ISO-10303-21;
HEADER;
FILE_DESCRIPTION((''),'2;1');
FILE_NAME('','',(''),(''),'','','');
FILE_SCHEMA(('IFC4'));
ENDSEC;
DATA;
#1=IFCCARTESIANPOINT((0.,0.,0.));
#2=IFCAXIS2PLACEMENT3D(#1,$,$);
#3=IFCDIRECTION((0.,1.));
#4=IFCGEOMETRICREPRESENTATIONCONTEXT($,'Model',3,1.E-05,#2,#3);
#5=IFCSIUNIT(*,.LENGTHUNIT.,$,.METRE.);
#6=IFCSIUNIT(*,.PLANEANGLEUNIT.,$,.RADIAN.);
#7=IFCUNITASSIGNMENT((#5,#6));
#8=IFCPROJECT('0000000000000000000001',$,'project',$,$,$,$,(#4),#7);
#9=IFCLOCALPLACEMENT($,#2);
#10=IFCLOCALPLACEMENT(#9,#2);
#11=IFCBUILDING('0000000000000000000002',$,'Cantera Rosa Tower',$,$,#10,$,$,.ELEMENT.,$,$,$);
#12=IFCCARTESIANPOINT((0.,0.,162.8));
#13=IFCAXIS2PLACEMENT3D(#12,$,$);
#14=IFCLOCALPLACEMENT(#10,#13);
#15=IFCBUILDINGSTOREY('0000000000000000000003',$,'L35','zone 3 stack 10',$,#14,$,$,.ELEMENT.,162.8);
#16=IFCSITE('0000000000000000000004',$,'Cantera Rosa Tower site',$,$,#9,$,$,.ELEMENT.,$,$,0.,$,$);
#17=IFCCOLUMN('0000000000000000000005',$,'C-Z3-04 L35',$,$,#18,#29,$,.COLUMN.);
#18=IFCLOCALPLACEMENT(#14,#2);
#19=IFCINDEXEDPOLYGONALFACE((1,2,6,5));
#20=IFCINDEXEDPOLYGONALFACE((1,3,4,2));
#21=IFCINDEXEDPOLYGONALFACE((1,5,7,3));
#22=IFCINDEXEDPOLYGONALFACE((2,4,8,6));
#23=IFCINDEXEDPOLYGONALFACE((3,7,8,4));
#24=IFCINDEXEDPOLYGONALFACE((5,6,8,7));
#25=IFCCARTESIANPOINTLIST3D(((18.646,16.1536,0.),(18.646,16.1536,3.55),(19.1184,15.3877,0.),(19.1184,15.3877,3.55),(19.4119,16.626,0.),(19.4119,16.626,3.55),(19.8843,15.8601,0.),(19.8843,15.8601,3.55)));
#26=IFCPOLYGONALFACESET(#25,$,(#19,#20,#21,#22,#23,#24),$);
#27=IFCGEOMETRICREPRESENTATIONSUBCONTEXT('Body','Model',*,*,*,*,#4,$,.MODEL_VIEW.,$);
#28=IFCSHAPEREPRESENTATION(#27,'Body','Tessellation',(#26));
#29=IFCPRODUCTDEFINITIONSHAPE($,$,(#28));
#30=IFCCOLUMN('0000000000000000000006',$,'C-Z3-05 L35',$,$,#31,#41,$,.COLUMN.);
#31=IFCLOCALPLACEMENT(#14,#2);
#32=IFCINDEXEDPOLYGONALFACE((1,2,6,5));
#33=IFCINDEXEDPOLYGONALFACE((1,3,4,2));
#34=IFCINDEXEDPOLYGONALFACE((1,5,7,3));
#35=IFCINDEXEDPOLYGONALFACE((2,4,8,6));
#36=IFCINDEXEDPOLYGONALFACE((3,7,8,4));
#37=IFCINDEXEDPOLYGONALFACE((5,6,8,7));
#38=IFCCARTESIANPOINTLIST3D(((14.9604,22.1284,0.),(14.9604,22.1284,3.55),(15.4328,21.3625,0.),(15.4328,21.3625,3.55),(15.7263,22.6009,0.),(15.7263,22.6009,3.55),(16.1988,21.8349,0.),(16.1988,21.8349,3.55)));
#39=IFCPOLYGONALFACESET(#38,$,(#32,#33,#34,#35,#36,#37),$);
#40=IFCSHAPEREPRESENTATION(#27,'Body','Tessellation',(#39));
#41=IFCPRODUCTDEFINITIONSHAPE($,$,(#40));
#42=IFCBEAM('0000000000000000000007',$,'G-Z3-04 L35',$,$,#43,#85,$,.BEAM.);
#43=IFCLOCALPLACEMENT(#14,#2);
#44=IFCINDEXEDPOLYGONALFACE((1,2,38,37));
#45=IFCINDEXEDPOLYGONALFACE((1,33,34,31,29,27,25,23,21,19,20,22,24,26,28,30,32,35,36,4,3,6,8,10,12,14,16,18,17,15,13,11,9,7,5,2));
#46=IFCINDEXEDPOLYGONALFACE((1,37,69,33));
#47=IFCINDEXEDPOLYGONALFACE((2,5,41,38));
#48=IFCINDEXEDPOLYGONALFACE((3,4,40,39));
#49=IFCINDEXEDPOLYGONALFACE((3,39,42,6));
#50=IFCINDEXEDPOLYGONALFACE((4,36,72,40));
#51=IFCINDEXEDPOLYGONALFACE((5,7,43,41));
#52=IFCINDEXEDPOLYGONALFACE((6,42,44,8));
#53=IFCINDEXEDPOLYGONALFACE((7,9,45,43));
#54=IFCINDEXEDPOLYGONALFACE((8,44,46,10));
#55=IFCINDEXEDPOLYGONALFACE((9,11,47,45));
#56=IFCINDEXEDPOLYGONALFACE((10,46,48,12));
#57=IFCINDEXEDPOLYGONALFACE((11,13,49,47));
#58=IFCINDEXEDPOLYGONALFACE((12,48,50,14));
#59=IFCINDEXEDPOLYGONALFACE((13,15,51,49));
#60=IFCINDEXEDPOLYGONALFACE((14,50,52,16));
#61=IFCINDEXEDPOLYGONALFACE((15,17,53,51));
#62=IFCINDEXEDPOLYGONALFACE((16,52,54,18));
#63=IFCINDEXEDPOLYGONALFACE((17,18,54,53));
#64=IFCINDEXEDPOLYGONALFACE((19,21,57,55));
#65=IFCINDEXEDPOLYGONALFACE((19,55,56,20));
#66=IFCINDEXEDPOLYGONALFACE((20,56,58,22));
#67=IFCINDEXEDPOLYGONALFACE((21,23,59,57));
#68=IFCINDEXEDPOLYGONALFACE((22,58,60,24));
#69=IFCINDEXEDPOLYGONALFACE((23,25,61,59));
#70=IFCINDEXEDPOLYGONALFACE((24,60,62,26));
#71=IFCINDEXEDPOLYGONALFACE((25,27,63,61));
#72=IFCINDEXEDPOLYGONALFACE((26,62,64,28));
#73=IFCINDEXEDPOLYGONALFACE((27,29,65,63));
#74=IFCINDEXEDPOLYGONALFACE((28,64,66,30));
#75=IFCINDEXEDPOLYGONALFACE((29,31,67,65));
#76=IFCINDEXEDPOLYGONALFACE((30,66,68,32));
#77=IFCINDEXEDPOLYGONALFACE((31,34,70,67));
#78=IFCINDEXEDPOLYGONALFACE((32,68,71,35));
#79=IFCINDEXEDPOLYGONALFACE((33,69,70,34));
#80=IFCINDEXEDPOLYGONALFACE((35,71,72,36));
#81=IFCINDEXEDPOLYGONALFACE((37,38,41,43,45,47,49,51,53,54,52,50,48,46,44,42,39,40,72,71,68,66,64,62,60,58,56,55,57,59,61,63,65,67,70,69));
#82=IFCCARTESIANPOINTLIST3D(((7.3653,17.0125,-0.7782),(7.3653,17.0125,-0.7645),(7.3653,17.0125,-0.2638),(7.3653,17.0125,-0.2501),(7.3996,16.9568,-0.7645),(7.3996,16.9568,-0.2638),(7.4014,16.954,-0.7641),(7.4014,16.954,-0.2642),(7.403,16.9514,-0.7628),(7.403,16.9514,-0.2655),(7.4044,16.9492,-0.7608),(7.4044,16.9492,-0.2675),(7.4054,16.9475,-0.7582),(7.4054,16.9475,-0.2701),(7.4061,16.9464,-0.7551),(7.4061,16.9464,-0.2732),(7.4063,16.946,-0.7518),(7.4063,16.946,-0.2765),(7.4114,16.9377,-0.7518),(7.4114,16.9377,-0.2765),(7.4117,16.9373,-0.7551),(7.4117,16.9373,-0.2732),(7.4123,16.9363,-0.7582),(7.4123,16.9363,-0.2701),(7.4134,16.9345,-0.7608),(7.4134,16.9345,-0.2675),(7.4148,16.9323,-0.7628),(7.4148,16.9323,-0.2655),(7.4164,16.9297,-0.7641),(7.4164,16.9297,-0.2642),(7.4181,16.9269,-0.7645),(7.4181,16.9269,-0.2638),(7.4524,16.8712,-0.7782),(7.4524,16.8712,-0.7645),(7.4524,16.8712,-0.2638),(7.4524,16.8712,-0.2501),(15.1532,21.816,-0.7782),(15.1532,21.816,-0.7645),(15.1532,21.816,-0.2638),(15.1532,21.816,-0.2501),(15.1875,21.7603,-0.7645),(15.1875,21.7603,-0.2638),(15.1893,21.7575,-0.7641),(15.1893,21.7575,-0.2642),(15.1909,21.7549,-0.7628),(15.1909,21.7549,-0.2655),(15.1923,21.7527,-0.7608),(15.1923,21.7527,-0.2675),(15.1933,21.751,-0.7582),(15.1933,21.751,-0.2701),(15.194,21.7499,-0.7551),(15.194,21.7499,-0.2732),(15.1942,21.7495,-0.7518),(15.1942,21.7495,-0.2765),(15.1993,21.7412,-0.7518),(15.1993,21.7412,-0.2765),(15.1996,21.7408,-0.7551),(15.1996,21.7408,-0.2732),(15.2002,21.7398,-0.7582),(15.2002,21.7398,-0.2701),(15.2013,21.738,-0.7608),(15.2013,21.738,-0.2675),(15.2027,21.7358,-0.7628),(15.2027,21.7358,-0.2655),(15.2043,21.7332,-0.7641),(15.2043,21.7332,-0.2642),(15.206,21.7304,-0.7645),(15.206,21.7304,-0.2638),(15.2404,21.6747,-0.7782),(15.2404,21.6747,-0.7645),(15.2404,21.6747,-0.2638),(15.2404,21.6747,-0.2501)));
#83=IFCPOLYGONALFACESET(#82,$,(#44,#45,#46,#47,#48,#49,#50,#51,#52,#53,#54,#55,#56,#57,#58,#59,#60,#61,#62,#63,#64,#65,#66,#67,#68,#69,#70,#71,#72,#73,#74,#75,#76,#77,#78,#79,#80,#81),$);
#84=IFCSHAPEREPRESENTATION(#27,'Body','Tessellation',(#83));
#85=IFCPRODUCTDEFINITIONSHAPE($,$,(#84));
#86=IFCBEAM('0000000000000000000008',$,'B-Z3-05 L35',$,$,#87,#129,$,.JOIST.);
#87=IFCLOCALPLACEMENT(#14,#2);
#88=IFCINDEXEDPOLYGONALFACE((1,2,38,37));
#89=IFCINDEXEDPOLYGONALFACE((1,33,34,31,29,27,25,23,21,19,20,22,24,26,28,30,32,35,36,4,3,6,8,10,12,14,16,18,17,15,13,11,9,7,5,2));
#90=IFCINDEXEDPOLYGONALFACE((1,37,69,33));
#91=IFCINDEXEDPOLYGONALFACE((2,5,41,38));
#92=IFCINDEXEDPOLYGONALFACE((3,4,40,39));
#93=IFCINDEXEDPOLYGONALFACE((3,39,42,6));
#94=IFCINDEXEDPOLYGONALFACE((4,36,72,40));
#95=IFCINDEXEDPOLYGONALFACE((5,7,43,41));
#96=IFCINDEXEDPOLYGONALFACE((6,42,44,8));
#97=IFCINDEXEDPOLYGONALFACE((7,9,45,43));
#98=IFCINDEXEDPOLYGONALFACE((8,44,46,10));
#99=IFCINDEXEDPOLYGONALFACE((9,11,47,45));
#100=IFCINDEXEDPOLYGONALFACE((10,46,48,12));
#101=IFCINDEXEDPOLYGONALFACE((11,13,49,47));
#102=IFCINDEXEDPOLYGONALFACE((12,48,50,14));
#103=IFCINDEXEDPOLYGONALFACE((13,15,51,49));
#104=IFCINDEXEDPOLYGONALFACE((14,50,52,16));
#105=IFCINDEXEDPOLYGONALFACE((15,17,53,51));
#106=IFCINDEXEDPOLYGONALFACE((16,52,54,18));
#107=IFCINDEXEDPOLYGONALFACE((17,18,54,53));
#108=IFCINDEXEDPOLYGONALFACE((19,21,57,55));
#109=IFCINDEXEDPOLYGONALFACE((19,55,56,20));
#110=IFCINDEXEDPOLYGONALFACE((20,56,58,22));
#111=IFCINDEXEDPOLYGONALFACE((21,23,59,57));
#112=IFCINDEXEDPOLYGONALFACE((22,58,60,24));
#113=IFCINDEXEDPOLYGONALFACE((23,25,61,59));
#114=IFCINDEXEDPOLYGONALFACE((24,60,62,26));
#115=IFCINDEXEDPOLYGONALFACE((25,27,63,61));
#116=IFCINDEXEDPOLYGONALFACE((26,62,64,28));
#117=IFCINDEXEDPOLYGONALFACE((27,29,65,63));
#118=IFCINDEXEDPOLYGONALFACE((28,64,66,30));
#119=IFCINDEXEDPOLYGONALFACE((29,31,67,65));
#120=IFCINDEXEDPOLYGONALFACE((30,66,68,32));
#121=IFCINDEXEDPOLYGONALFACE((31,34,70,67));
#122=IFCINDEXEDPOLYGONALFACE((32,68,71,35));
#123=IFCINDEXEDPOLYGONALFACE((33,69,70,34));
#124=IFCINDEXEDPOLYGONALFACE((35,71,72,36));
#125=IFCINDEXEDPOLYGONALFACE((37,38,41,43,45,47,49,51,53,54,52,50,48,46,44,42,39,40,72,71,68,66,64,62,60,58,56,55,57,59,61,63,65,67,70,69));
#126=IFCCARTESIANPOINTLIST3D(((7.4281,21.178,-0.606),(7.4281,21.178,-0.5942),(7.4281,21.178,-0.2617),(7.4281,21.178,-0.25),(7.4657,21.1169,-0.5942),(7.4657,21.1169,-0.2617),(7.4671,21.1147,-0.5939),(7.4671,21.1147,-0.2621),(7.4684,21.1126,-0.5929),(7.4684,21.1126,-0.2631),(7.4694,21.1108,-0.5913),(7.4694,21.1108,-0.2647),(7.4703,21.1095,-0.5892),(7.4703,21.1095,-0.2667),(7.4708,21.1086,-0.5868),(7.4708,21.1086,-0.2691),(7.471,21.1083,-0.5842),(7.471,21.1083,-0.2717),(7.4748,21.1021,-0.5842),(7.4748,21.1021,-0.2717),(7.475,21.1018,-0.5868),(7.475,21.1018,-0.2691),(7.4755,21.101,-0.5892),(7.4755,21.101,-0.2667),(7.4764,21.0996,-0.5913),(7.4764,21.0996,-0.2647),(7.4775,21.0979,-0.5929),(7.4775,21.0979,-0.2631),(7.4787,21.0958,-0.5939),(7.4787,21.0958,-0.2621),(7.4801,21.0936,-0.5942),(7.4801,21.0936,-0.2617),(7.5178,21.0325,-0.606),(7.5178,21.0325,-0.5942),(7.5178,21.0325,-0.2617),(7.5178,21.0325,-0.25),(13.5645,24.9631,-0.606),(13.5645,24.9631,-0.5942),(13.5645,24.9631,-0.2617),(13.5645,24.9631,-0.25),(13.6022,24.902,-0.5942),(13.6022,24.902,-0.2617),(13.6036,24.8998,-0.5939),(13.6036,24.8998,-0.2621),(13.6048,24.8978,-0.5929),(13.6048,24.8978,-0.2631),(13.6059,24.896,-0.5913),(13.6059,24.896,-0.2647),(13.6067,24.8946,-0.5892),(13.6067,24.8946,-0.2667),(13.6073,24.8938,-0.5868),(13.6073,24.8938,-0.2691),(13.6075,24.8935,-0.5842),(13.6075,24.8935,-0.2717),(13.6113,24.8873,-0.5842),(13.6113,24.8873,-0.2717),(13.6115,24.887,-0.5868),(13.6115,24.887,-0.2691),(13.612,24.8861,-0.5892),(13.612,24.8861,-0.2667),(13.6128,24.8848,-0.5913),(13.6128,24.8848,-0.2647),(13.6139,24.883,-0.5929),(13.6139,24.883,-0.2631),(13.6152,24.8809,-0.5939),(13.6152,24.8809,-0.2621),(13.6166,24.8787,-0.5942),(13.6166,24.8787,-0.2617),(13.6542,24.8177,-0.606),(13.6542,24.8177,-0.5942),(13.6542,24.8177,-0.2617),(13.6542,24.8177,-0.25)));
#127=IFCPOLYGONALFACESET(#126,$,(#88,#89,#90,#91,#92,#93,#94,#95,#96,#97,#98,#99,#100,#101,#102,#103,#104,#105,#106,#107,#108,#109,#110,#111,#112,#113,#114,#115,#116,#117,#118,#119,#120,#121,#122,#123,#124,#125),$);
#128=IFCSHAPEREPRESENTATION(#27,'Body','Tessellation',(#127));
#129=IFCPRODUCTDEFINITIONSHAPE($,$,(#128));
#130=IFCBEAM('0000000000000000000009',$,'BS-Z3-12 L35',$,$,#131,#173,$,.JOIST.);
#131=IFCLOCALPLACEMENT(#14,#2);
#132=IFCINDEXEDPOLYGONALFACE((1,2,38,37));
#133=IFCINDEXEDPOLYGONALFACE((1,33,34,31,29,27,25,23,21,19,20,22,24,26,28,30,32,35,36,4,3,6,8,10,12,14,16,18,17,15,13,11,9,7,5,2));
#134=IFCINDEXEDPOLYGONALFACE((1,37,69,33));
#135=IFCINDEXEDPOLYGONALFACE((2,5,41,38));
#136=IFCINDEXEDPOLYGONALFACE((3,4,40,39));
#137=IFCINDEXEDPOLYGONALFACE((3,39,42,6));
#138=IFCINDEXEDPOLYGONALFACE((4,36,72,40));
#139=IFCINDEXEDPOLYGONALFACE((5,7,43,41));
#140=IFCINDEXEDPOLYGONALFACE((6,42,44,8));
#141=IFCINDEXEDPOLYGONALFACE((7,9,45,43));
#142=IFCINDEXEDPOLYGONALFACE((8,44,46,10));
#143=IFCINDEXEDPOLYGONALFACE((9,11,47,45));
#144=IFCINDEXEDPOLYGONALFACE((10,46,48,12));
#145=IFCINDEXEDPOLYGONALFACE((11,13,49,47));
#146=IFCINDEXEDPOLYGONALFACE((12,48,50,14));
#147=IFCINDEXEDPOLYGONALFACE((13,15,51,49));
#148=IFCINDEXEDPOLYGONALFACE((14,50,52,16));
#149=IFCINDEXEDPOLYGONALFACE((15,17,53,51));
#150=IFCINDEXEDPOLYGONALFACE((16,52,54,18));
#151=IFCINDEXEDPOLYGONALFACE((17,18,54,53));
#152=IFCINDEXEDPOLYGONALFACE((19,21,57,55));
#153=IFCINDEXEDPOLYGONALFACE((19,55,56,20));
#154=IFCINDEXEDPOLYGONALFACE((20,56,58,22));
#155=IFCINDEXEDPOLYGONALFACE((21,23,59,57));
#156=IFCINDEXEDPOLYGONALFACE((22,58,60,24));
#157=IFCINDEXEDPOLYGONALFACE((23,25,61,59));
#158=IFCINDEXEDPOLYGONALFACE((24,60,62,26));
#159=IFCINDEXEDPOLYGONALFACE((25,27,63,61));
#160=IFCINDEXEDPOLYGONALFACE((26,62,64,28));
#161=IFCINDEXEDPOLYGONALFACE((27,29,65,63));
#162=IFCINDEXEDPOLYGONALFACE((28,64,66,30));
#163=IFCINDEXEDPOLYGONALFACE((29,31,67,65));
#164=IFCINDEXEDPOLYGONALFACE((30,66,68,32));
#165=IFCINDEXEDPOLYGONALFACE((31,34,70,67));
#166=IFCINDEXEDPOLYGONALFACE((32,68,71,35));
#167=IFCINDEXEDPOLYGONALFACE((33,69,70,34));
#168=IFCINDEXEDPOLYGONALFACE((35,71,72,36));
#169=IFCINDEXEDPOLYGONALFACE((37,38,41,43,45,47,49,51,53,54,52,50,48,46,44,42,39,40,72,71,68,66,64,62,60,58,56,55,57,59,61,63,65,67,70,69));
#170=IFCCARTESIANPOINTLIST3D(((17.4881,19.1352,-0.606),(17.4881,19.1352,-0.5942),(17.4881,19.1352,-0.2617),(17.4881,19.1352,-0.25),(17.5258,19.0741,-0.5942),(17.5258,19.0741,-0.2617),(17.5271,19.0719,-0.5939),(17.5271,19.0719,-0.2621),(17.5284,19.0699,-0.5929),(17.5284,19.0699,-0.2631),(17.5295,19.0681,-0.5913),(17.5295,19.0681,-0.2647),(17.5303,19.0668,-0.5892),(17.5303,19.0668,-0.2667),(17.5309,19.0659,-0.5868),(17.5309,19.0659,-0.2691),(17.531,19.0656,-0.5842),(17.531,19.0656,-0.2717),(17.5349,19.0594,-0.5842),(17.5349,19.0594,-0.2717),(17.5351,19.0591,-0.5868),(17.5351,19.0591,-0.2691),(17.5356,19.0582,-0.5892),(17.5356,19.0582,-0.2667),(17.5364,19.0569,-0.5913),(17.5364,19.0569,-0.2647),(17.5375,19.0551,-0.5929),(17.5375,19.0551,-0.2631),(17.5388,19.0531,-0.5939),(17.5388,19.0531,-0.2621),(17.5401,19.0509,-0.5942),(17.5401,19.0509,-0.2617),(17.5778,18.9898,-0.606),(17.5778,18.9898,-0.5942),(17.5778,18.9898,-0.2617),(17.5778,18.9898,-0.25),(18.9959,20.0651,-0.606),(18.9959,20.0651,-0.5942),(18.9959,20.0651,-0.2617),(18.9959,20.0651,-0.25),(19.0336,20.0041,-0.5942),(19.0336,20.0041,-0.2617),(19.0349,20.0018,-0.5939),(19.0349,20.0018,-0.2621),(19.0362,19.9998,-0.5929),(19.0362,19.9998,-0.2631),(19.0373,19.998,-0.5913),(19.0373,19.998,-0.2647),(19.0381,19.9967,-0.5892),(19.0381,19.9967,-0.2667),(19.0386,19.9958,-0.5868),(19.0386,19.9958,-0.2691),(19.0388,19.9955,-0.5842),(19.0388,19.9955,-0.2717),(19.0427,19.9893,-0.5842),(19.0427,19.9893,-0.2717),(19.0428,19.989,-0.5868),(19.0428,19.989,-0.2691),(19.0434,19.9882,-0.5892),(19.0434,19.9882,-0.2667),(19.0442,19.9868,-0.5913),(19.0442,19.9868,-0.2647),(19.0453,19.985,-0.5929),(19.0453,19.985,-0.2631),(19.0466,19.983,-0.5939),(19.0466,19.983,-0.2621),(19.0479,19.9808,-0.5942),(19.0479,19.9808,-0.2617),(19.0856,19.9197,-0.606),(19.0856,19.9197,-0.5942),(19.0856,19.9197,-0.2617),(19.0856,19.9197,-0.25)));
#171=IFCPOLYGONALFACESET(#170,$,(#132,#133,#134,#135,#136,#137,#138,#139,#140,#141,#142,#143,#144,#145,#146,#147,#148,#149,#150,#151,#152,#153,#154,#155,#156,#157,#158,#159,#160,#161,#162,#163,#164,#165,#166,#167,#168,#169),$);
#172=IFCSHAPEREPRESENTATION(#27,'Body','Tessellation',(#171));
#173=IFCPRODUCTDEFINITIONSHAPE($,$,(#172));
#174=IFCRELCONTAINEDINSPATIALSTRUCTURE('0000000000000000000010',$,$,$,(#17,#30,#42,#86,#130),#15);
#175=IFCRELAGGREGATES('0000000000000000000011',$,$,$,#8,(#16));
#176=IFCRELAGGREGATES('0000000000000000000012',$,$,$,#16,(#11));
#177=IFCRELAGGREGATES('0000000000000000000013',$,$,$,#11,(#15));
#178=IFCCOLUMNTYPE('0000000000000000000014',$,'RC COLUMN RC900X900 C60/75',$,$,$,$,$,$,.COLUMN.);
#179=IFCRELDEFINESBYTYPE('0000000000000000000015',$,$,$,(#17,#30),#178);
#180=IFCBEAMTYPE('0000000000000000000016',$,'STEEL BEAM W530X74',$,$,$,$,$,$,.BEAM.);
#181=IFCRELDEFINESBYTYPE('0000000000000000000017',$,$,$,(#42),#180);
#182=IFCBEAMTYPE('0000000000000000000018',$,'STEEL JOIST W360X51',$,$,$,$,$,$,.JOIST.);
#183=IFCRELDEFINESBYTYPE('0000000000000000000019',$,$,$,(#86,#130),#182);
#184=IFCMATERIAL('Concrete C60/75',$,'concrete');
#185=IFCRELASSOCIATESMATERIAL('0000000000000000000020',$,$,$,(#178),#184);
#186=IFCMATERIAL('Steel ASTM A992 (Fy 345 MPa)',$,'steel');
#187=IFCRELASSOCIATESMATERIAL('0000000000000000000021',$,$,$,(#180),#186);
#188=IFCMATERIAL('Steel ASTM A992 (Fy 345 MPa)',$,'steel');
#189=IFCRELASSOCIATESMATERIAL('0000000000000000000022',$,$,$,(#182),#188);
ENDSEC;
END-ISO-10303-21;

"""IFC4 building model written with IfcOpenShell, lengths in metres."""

from ifc_helpers import new_model, si_unit, direction, frame, origin, origin_2d, place, context, subcontext, project, spatial, rectangle, i_section, extrude, material, material_profile, profile_set, type_object, element, save


model = new_model("IFC4")

# Units and contexts
model_context = context("Model", 3, precision=1e-05, world=origin(), true_north=direction((0.0, 1.0)))
body_context = subcontext(model_context, "Body", "Model", "MODEL_VIEW")
ifc_project = project(units=[si_unit("LENGTHUNIT", "METRE"), si_unit("PLANEANGLEUNIT", "RADIAN")], contexts=[model_context])

# Site, building, storey
site_placement = place(None, origin())
site = spatial("IfcSite", under=ifc_project, at=site_placement, Name="Cantera Rosa Tower site", CompositionType="ELEMENT", RefElevation=0.0)
building_placement = place(site_placement, origin())
building = spatial("IfcBuilding", under=site, at=building_placement, Name="Cantera Rosa Tower", CompositionType="ELEMENT")
storey_placement = place(building_placement, frame((0.0, 0.0, 162.8)))
storey = spatial("IfcBuildingStorey", under=building, at=storey_placement, Name="L35", Description="zone 3 stack 10", CompositionType="ELEMENT", Elevation=162.8)

# Columns
ifc_material_1 = material(Name="Concrete C60/75", Category="concrete")
ifc_material_profile_1 = material_profile(ifc_material_1, rectangle(XDim=0.8999, YDim=0.8999, at=origin_2d()), Name="RC COLUMN RC900X900 C60/75")
ifc_profile_set_1 = profile_set([ifc_material_profile_1], Name="Concrete C60/75")
column_type = type_object("IfcColumnType", Name="RC COLUMN RC900X900 C60/75", PredefinedType="COLUMN", material=ifc_profile_set_1)
for number, where, z_axis, x_axis, name in (
    (1, (19.2651, 16.0068, 0.0), (0.0, 0.0, 1.0), (0.851117, 0.524977, 0.0), "C-Z3-04 L35"),
    (2, (15.5796, 21.9817, 0.0), (0.0, 0.0, 1.0), (0.851117, 0.524977, 0.0), "C-Z3-05 L35"),
):
    element("IfcColumn", number, at=place(storey_placement, frame(where, z_axis=z_axis, x_axis=x_axis)), inside=storey, type_object=column_type, Name=name, PredefinedType="COLUMN", context=body_context, shape_type="SweptSolid", body=[
        extrude(rectangle(XDim=0.8999, YDim=0.8999, at=origin_2d()), origin(), (0.0, 0.0, 1.0), 3.55),
    ])

# Beams
ifc_material_2 = material(Name="Steel ASTM A992 (Fy 345 MPa)", Category="steel")
ifc_material_profile_2 = material_profile(ifc_material_2, i_section(OverallWidth=0.166, OverallDepth=0.5281, WebThickness=0.0098, FlangeThickness=0.0137, FilletRadius=0.0127, at=origin_2d()), Name="W530X74")
ifc_profile_set_2 = profile_set([ifc_material_profile_2], Name="Steel ASTM A992 (Fy 345 MPa)")
beam_type_1 = type_object("IfcBeamType", Name="STEEL BEAM W530X74", PredefinedType="BEAM", material=ifc_profile_set_2)
beam_1_placement = place(storey_placement, frame((15.1968, 21.7454, -0.5142), z_axis=(-0.851124, -0.524965, 0.0), x_axis=(0.524965, -0.851124, 0.0)))
element("IfcBeam", 3, at=beam_1_placement, inside=storey, type_object=beam_type_1, Name="G-Z3-04 L35", PredefinedType="BEAM", context=body_context, shape_type="SweptSolid", body=[
    extrude(i_section(OverallWidth=0.166, OverallDepth=0.5281, WebThickness=0.0098, FlangeThickness=0.0137, FilletRadius=0.0127, at=origin_2d()), origin(), (0.0, 0.0, 1.0), 9.1501),
])
ifc_material_3 = material(Name="Steel ASTM A992 (Fy 345 MPa)", Category="steel")
ifc_material_profile_3 = material_profile(ifc_material_3, i_section(OverallWidth=0.1709, OverallDepth=0.356, WebThickness=0.0073, FlangeThickness=0.0117, FilletRadius=0.01, at=origin_2d()), Name="W360X51")
ifc_profile_set_3 = profile_set([ifc_material_profile_3], Name="Steel ASTM A992 (Fy 345 MPa)")
beam_type_2 = type_object("IfcBeamType", Name="STEEL JOIST W360X51", PredefinedType="JOIST", material=ifc_profile_set_3)
beam_2_placement = place(storey_placement, frame((13.6094, 24.8904, -0.428), z_axis=(-0.851109, -0.524989, 0.0), x_axis=(0.524989, -0.851109, 0.0)))
element("IfcBeam", 4, at=beam_2_placement, inside=storey, type_object=beam_type_2, Name="B-Z3-05 L35", PredefinedType="JOIST", context=body_context, shape_type="SweptSolid", body=[
    extrude(i_section(OverallWidth=0.1709, OverallDepth=0.356, WebThickness=0.0073, FlangeThickness=0.0117, FilletRadius=0.01, at=origin_2d()), origin(), (0.0, 0.0, 1.0), 7.21),
])
beam_3_placement = place(storey_placement, frame((17.533, 19.0625, -0.428), z_axis=(0.851142, 0.524935, 0.0), x_axis=(-0.524935, 0.851142, 0.0)))
element("IfcBeam", 5, at=beam_3_placement, inside=storey, type_object=beam_type_2, Name="BS-Z3-12 L35", PredefinedType="JOIST", context=body_context, shape_type="SweptSolid", body=[
    extrude(i_section(OverallWidth=0.1709, OverallDepth=0.356, WebThickness=0.0073, FlangeThickness=0.0117, FilletRadius=0.01, at=origin_2d()), origin(), (0.0, 0.0, 1.0), 1.7715),
])

save(model, "model.ifc")
